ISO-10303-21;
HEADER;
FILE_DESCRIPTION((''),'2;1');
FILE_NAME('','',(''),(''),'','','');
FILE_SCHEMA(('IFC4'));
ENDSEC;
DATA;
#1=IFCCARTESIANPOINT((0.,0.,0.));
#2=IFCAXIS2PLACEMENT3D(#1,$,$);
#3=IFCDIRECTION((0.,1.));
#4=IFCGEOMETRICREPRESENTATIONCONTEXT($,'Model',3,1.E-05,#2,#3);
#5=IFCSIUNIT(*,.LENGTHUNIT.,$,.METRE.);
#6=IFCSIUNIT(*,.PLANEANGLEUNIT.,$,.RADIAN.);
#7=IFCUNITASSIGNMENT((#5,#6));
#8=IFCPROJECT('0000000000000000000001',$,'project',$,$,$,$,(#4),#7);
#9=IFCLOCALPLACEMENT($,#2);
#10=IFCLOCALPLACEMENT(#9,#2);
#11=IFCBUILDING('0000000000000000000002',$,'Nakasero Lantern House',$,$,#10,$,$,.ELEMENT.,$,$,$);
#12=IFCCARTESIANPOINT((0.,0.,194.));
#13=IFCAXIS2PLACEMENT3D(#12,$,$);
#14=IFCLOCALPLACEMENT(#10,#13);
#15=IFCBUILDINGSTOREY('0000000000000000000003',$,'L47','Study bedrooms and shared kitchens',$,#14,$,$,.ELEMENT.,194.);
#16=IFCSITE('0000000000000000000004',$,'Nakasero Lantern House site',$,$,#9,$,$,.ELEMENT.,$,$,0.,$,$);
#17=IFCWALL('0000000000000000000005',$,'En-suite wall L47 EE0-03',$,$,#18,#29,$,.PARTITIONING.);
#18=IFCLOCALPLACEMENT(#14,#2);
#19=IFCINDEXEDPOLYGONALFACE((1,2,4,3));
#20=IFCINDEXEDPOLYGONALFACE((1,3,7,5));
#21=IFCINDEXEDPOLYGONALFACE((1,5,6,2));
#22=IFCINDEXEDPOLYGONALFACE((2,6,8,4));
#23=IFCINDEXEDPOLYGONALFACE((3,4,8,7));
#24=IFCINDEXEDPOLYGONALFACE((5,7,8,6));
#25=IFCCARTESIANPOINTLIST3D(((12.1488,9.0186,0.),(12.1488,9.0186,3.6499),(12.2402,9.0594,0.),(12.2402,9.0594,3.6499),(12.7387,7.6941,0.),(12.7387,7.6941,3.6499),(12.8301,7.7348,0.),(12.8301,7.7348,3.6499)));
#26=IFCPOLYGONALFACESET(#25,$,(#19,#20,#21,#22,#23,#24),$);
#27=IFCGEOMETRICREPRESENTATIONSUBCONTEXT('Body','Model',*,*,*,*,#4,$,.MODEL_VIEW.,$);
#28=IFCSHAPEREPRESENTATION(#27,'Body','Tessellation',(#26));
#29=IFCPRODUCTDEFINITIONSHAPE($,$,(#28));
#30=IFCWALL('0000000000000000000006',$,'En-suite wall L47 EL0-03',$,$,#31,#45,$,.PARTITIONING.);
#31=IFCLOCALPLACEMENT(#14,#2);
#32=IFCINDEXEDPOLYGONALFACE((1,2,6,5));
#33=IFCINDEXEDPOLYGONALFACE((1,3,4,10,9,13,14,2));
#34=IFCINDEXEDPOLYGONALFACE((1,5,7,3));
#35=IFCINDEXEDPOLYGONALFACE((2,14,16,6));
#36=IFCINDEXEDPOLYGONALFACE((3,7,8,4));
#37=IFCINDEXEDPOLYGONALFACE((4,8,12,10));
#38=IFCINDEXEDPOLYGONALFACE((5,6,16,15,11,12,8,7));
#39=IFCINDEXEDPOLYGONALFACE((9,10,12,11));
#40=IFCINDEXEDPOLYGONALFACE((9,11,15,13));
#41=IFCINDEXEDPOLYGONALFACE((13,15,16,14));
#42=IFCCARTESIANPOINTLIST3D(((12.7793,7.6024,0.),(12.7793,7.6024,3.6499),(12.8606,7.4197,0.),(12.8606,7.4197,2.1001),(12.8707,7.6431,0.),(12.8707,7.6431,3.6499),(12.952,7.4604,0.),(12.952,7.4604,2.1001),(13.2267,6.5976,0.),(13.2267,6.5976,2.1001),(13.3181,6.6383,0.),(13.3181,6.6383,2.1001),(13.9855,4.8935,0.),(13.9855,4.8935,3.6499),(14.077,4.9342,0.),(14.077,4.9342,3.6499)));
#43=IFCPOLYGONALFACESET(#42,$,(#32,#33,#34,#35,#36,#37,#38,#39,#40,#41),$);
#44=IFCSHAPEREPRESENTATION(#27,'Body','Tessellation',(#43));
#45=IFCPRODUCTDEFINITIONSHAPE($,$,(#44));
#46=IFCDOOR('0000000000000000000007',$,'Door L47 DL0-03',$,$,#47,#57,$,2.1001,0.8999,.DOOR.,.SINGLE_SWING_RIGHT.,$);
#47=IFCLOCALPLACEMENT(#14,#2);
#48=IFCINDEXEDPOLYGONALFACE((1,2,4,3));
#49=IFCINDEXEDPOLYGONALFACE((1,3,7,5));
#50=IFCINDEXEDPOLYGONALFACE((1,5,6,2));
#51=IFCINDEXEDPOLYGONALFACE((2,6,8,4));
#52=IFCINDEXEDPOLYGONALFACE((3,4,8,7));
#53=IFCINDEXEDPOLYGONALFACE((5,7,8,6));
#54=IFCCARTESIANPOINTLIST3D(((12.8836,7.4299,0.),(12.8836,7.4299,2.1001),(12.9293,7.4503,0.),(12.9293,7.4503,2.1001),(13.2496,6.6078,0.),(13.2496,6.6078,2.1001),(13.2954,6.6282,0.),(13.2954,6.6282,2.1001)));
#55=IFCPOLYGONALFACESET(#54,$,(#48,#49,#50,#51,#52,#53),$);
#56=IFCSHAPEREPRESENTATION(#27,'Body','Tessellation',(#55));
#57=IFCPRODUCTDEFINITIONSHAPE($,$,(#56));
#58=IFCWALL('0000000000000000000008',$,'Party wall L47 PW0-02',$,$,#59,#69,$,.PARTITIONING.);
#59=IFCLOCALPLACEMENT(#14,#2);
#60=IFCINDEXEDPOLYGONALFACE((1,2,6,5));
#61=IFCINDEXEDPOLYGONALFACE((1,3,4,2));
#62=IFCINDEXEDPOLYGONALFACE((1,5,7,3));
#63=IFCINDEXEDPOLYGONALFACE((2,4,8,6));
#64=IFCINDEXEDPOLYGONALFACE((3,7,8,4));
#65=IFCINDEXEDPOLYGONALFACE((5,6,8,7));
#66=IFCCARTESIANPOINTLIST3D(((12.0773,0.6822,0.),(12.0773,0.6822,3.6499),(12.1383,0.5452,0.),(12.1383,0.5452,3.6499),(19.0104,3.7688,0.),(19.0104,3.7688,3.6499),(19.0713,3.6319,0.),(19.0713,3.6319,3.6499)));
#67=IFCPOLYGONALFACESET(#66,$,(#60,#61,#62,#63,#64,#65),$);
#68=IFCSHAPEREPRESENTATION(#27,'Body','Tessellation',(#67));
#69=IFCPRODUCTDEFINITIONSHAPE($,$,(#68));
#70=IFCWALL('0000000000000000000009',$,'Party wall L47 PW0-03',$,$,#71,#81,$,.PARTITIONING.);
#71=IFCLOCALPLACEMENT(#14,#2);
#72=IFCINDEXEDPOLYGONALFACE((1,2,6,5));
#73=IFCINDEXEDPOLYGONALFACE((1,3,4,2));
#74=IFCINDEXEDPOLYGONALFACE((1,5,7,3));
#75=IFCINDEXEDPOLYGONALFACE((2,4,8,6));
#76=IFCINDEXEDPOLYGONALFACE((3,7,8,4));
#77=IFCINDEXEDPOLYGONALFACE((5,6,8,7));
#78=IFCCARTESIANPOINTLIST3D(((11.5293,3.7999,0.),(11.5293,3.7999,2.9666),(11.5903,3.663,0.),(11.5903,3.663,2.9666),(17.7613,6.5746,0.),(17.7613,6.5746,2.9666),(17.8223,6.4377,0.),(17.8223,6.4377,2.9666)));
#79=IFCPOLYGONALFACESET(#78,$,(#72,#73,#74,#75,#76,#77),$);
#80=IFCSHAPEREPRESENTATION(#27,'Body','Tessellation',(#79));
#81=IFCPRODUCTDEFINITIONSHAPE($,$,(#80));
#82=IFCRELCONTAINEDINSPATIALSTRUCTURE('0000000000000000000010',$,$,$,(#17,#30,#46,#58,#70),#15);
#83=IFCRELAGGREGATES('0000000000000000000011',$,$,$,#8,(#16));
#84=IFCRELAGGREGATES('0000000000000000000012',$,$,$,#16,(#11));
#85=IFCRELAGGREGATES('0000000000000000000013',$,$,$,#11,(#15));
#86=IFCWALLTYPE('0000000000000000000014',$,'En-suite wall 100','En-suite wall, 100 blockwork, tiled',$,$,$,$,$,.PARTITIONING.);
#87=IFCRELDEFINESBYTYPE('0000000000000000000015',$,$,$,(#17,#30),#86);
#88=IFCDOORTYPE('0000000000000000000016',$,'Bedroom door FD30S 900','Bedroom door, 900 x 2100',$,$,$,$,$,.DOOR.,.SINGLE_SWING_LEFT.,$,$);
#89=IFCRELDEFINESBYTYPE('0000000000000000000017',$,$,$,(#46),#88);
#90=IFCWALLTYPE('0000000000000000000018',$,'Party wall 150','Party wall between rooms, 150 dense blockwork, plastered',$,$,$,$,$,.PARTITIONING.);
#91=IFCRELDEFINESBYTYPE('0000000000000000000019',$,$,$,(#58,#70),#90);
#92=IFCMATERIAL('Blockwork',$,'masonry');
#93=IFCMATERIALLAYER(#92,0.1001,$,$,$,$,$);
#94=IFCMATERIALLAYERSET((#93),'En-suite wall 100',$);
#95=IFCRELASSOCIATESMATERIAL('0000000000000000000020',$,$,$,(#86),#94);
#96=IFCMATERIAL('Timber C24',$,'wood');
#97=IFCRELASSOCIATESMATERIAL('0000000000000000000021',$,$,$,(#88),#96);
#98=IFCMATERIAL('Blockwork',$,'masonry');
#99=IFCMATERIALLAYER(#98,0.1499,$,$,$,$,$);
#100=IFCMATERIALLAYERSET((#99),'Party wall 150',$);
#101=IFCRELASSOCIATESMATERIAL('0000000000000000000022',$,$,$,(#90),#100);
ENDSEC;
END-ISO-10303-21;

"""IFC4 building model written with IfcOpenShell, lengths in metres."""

from ifc_helpers import new_model, si_unit, direction, frame, frame_2d, origin, place, context, subcontext, project, spatial, rectangle, extrude, material, layer, layer_set, type_object, element, fill, save


model = new_model("IFC4")

# Units and contexts
model_context = context("Model", 3, precision=1e-05, world=origin(), true_north=direction((0.0, 1.0)))
body_context = subcontext(model_context, "Body", "Model", "MODEL_VIEW")
ifc_project = project(units=[si_unit("LENGTHUNIT", "METRE"), si_unit("PLANEANGLEUNIT", "RADIAN")], contexts=[model_context])

# Site, building, storey
site_placement = place(None, origin())
site = spatial("IfcSite", under=ifc_project, at=site_placement, Name="Nakasero Lantern House site", CompositionType="ELEMENT", RefElevation=0.0)
building_placement = place(site_placement, origin())
building = spatial("IfcBuilding", under=site, at=building_placement, Name="Nakasero Lantern House", CompositionType="ELEMENT")
storey_placement = place(building_placement, frame((0.0, 0.0, 194.0)))
storey = spatial("IfcBuildingStorey", under=building, at=storey_placement, Name="L47", Description="Study bedrooms and shared kitchens", CompositionType="ELEMENT", Elevation=194.0)

# Wall
ifc_material_1 = material(Name="Blockwork", Category="masonry")
ifc_layer_1 = layer(ifc_material_1, 0.1001)
ifc_layer_set_1 = layer_set([ifc_layer_1], Name="En-suite wall 100")
wall_type_1 = type_object("IfcWallType", Name="En-suite wall 100", Description="En-suite wall, 100 blockwork, tiled", PredefinedType="PARTITIONING", material=ifc_layer_set_1)
wall_1_placement = place(storey_placement, frame((12.7844, 7.7144, 0.0), z_axis=(0.0, 0.0, 1.0), x_axis=(-0.406826, 0.913506, 0.0)))
element("IfcWall", 1, at=wall_1_placement, inside=storey, type_object=wall_type_1, Name="En-suite wall L47 EE0-03", PredefinedType="PARTITIONING", context=body_context, shape_type="SweptSolid", body=[
    extrude(rectangle(XDim=1.45, YDim=0.1001, at=frame_2d((0.7251, 0.0))), origin(), (0.0, 0.0, 1.0), 3.6499),
])

# Wall, opening, door
wall_2_placement = place(storey_placement, frame((14.0312, 4.9138, 0.0), z_axis=(0.0, 0.0, 1.0), x_axis=(-0.406788, 0.913523, 0.0)))
wall_2 = element("IfcWall", 2, at=wall_2_placement, inside=storey, type_object=wall_type_1, Name="En-suite wall L47 EL0-03", PredefinedType="PARTITIONING", context=body_context, shape_type="SweptSolid", body=[
    extrude(rectangle(XDim=2.9653, YDim=0.1001, at=frame_2d((1.4827, 0.0))), origin(), (0.0, 0.0, 1.0), 3.6499),
])
opening_1_placement = place(wall_2_placement, frame((1.8655, 0.0, 0.0)))
opening_1 = element("IfcOpeningElement", 3, at=opening_1_placement, cuts=wall_2, PredefinedType="OPENING", context=body_context, shape_type="SweptSolid", body=[
    extrude(rectangle(XDim=0.8999, YDim=2.1001, at=frame_2d((0.45, 1.05))), frame((0.0, 0.0701, 0.0), z_axis=(0.0, -1.0, 0.0), x_axis=(1.0, 0.0, 0.0)), (0.0, 0.0, 1.0), 0.1401),
])
ifc_material_2 = material(Name="Timber C24", Category="wood")
door_type_1 = type_object("IfcDoorType", Name="Bedroom door FD30S 900", Description="Bedroom door, 900 x 2100", OperationType="SINGLE_SWING_LEFT", PredefinedType="DOOR", material=ifc_material_2)
door_1_placement = place(opening_1_placement, origin())
door_1 = element("IfcDoor", 4, at=door_1_placement, inside=storey, type_object=door_type_1, Name="Door L47 DL0-03", OperationType="SINGLE_SWING_RIGHT", OverallHeight=2.1001, OverallWidth=0.8999, PredefinedType="DOOR", context=body_context, shape_type="SweptSolid", body=[
    extrude(rectangle(XDim=0.8999, YDim=2.1001, at=frame_2d((0.45, 1.05))), frame((0.0, 0.0249, 0.0), z_axis=(0.0, -1.0, 0.0), x_axis=(1.0, 0.0, 0.0)), (0.0, 0.0, 1.0), 0.05),
])
fill(opening_1, door_1)

# Walls
ifc_material_3 = material(Name="Blockwork", Category="masonry")
ifc_layer_2 = layer(ifc_material_3, 0.1499)
ifc_layer_set_2 = layer_set([ifc_layer_2], Name="Party wall 150")
wall_type_2 = type_object("IfcWallType", Name="Party wall 150", Description="Party wall between rooms, 150 dense blockwork, plastered", PredefinedType="PARTITIONING", material=ifc_layer_set_2)
wall_3_placement = place(storey_placement, frame((12.1079, 0.6138, 0.0), z_axis=(0.0, 0.0, 1.0), x_axis=(0.913553, 0.40672, 0.0)))
element("IfcWall", 5, at=wall_3_placement, inside=storey, type_object=wall_type_2, Name="Party wall L47 PW0-02", PredefinedType="PARTITIONING", context=body_context, shape_type="SweptSolid", body=[
    extrude(rectangle(XDim=7.5891, YDim=0.1499, at=frame_2d((3.7944, 0.0))), origin(), (0.0, 0.0, 1.0), 3.6499),
])
wall_4_placement = place(storey_placement, frame((11.5598, 3.7314, 0.0), z_axis=(0.0, 0.0, 1.0), x_axis=(0.913544, 0.406739, 0.0)))
element("IfcWall", 6, at=wall_4_placement, inside=storey, type_object=wall_type_2, Name="Party wall L47 PW0-03", PredefinedType="PARTITIONING", context=body_context, shape_type="SweptSolid", body=[
    extrude(rectangle(XDim=6.8218, YDim=0.1499, at=frame_2d((3.4109, 0.0))), origin(), (0.0, 0.0, 1.0), 2.9666),
])

save(model, "model.ifc")
